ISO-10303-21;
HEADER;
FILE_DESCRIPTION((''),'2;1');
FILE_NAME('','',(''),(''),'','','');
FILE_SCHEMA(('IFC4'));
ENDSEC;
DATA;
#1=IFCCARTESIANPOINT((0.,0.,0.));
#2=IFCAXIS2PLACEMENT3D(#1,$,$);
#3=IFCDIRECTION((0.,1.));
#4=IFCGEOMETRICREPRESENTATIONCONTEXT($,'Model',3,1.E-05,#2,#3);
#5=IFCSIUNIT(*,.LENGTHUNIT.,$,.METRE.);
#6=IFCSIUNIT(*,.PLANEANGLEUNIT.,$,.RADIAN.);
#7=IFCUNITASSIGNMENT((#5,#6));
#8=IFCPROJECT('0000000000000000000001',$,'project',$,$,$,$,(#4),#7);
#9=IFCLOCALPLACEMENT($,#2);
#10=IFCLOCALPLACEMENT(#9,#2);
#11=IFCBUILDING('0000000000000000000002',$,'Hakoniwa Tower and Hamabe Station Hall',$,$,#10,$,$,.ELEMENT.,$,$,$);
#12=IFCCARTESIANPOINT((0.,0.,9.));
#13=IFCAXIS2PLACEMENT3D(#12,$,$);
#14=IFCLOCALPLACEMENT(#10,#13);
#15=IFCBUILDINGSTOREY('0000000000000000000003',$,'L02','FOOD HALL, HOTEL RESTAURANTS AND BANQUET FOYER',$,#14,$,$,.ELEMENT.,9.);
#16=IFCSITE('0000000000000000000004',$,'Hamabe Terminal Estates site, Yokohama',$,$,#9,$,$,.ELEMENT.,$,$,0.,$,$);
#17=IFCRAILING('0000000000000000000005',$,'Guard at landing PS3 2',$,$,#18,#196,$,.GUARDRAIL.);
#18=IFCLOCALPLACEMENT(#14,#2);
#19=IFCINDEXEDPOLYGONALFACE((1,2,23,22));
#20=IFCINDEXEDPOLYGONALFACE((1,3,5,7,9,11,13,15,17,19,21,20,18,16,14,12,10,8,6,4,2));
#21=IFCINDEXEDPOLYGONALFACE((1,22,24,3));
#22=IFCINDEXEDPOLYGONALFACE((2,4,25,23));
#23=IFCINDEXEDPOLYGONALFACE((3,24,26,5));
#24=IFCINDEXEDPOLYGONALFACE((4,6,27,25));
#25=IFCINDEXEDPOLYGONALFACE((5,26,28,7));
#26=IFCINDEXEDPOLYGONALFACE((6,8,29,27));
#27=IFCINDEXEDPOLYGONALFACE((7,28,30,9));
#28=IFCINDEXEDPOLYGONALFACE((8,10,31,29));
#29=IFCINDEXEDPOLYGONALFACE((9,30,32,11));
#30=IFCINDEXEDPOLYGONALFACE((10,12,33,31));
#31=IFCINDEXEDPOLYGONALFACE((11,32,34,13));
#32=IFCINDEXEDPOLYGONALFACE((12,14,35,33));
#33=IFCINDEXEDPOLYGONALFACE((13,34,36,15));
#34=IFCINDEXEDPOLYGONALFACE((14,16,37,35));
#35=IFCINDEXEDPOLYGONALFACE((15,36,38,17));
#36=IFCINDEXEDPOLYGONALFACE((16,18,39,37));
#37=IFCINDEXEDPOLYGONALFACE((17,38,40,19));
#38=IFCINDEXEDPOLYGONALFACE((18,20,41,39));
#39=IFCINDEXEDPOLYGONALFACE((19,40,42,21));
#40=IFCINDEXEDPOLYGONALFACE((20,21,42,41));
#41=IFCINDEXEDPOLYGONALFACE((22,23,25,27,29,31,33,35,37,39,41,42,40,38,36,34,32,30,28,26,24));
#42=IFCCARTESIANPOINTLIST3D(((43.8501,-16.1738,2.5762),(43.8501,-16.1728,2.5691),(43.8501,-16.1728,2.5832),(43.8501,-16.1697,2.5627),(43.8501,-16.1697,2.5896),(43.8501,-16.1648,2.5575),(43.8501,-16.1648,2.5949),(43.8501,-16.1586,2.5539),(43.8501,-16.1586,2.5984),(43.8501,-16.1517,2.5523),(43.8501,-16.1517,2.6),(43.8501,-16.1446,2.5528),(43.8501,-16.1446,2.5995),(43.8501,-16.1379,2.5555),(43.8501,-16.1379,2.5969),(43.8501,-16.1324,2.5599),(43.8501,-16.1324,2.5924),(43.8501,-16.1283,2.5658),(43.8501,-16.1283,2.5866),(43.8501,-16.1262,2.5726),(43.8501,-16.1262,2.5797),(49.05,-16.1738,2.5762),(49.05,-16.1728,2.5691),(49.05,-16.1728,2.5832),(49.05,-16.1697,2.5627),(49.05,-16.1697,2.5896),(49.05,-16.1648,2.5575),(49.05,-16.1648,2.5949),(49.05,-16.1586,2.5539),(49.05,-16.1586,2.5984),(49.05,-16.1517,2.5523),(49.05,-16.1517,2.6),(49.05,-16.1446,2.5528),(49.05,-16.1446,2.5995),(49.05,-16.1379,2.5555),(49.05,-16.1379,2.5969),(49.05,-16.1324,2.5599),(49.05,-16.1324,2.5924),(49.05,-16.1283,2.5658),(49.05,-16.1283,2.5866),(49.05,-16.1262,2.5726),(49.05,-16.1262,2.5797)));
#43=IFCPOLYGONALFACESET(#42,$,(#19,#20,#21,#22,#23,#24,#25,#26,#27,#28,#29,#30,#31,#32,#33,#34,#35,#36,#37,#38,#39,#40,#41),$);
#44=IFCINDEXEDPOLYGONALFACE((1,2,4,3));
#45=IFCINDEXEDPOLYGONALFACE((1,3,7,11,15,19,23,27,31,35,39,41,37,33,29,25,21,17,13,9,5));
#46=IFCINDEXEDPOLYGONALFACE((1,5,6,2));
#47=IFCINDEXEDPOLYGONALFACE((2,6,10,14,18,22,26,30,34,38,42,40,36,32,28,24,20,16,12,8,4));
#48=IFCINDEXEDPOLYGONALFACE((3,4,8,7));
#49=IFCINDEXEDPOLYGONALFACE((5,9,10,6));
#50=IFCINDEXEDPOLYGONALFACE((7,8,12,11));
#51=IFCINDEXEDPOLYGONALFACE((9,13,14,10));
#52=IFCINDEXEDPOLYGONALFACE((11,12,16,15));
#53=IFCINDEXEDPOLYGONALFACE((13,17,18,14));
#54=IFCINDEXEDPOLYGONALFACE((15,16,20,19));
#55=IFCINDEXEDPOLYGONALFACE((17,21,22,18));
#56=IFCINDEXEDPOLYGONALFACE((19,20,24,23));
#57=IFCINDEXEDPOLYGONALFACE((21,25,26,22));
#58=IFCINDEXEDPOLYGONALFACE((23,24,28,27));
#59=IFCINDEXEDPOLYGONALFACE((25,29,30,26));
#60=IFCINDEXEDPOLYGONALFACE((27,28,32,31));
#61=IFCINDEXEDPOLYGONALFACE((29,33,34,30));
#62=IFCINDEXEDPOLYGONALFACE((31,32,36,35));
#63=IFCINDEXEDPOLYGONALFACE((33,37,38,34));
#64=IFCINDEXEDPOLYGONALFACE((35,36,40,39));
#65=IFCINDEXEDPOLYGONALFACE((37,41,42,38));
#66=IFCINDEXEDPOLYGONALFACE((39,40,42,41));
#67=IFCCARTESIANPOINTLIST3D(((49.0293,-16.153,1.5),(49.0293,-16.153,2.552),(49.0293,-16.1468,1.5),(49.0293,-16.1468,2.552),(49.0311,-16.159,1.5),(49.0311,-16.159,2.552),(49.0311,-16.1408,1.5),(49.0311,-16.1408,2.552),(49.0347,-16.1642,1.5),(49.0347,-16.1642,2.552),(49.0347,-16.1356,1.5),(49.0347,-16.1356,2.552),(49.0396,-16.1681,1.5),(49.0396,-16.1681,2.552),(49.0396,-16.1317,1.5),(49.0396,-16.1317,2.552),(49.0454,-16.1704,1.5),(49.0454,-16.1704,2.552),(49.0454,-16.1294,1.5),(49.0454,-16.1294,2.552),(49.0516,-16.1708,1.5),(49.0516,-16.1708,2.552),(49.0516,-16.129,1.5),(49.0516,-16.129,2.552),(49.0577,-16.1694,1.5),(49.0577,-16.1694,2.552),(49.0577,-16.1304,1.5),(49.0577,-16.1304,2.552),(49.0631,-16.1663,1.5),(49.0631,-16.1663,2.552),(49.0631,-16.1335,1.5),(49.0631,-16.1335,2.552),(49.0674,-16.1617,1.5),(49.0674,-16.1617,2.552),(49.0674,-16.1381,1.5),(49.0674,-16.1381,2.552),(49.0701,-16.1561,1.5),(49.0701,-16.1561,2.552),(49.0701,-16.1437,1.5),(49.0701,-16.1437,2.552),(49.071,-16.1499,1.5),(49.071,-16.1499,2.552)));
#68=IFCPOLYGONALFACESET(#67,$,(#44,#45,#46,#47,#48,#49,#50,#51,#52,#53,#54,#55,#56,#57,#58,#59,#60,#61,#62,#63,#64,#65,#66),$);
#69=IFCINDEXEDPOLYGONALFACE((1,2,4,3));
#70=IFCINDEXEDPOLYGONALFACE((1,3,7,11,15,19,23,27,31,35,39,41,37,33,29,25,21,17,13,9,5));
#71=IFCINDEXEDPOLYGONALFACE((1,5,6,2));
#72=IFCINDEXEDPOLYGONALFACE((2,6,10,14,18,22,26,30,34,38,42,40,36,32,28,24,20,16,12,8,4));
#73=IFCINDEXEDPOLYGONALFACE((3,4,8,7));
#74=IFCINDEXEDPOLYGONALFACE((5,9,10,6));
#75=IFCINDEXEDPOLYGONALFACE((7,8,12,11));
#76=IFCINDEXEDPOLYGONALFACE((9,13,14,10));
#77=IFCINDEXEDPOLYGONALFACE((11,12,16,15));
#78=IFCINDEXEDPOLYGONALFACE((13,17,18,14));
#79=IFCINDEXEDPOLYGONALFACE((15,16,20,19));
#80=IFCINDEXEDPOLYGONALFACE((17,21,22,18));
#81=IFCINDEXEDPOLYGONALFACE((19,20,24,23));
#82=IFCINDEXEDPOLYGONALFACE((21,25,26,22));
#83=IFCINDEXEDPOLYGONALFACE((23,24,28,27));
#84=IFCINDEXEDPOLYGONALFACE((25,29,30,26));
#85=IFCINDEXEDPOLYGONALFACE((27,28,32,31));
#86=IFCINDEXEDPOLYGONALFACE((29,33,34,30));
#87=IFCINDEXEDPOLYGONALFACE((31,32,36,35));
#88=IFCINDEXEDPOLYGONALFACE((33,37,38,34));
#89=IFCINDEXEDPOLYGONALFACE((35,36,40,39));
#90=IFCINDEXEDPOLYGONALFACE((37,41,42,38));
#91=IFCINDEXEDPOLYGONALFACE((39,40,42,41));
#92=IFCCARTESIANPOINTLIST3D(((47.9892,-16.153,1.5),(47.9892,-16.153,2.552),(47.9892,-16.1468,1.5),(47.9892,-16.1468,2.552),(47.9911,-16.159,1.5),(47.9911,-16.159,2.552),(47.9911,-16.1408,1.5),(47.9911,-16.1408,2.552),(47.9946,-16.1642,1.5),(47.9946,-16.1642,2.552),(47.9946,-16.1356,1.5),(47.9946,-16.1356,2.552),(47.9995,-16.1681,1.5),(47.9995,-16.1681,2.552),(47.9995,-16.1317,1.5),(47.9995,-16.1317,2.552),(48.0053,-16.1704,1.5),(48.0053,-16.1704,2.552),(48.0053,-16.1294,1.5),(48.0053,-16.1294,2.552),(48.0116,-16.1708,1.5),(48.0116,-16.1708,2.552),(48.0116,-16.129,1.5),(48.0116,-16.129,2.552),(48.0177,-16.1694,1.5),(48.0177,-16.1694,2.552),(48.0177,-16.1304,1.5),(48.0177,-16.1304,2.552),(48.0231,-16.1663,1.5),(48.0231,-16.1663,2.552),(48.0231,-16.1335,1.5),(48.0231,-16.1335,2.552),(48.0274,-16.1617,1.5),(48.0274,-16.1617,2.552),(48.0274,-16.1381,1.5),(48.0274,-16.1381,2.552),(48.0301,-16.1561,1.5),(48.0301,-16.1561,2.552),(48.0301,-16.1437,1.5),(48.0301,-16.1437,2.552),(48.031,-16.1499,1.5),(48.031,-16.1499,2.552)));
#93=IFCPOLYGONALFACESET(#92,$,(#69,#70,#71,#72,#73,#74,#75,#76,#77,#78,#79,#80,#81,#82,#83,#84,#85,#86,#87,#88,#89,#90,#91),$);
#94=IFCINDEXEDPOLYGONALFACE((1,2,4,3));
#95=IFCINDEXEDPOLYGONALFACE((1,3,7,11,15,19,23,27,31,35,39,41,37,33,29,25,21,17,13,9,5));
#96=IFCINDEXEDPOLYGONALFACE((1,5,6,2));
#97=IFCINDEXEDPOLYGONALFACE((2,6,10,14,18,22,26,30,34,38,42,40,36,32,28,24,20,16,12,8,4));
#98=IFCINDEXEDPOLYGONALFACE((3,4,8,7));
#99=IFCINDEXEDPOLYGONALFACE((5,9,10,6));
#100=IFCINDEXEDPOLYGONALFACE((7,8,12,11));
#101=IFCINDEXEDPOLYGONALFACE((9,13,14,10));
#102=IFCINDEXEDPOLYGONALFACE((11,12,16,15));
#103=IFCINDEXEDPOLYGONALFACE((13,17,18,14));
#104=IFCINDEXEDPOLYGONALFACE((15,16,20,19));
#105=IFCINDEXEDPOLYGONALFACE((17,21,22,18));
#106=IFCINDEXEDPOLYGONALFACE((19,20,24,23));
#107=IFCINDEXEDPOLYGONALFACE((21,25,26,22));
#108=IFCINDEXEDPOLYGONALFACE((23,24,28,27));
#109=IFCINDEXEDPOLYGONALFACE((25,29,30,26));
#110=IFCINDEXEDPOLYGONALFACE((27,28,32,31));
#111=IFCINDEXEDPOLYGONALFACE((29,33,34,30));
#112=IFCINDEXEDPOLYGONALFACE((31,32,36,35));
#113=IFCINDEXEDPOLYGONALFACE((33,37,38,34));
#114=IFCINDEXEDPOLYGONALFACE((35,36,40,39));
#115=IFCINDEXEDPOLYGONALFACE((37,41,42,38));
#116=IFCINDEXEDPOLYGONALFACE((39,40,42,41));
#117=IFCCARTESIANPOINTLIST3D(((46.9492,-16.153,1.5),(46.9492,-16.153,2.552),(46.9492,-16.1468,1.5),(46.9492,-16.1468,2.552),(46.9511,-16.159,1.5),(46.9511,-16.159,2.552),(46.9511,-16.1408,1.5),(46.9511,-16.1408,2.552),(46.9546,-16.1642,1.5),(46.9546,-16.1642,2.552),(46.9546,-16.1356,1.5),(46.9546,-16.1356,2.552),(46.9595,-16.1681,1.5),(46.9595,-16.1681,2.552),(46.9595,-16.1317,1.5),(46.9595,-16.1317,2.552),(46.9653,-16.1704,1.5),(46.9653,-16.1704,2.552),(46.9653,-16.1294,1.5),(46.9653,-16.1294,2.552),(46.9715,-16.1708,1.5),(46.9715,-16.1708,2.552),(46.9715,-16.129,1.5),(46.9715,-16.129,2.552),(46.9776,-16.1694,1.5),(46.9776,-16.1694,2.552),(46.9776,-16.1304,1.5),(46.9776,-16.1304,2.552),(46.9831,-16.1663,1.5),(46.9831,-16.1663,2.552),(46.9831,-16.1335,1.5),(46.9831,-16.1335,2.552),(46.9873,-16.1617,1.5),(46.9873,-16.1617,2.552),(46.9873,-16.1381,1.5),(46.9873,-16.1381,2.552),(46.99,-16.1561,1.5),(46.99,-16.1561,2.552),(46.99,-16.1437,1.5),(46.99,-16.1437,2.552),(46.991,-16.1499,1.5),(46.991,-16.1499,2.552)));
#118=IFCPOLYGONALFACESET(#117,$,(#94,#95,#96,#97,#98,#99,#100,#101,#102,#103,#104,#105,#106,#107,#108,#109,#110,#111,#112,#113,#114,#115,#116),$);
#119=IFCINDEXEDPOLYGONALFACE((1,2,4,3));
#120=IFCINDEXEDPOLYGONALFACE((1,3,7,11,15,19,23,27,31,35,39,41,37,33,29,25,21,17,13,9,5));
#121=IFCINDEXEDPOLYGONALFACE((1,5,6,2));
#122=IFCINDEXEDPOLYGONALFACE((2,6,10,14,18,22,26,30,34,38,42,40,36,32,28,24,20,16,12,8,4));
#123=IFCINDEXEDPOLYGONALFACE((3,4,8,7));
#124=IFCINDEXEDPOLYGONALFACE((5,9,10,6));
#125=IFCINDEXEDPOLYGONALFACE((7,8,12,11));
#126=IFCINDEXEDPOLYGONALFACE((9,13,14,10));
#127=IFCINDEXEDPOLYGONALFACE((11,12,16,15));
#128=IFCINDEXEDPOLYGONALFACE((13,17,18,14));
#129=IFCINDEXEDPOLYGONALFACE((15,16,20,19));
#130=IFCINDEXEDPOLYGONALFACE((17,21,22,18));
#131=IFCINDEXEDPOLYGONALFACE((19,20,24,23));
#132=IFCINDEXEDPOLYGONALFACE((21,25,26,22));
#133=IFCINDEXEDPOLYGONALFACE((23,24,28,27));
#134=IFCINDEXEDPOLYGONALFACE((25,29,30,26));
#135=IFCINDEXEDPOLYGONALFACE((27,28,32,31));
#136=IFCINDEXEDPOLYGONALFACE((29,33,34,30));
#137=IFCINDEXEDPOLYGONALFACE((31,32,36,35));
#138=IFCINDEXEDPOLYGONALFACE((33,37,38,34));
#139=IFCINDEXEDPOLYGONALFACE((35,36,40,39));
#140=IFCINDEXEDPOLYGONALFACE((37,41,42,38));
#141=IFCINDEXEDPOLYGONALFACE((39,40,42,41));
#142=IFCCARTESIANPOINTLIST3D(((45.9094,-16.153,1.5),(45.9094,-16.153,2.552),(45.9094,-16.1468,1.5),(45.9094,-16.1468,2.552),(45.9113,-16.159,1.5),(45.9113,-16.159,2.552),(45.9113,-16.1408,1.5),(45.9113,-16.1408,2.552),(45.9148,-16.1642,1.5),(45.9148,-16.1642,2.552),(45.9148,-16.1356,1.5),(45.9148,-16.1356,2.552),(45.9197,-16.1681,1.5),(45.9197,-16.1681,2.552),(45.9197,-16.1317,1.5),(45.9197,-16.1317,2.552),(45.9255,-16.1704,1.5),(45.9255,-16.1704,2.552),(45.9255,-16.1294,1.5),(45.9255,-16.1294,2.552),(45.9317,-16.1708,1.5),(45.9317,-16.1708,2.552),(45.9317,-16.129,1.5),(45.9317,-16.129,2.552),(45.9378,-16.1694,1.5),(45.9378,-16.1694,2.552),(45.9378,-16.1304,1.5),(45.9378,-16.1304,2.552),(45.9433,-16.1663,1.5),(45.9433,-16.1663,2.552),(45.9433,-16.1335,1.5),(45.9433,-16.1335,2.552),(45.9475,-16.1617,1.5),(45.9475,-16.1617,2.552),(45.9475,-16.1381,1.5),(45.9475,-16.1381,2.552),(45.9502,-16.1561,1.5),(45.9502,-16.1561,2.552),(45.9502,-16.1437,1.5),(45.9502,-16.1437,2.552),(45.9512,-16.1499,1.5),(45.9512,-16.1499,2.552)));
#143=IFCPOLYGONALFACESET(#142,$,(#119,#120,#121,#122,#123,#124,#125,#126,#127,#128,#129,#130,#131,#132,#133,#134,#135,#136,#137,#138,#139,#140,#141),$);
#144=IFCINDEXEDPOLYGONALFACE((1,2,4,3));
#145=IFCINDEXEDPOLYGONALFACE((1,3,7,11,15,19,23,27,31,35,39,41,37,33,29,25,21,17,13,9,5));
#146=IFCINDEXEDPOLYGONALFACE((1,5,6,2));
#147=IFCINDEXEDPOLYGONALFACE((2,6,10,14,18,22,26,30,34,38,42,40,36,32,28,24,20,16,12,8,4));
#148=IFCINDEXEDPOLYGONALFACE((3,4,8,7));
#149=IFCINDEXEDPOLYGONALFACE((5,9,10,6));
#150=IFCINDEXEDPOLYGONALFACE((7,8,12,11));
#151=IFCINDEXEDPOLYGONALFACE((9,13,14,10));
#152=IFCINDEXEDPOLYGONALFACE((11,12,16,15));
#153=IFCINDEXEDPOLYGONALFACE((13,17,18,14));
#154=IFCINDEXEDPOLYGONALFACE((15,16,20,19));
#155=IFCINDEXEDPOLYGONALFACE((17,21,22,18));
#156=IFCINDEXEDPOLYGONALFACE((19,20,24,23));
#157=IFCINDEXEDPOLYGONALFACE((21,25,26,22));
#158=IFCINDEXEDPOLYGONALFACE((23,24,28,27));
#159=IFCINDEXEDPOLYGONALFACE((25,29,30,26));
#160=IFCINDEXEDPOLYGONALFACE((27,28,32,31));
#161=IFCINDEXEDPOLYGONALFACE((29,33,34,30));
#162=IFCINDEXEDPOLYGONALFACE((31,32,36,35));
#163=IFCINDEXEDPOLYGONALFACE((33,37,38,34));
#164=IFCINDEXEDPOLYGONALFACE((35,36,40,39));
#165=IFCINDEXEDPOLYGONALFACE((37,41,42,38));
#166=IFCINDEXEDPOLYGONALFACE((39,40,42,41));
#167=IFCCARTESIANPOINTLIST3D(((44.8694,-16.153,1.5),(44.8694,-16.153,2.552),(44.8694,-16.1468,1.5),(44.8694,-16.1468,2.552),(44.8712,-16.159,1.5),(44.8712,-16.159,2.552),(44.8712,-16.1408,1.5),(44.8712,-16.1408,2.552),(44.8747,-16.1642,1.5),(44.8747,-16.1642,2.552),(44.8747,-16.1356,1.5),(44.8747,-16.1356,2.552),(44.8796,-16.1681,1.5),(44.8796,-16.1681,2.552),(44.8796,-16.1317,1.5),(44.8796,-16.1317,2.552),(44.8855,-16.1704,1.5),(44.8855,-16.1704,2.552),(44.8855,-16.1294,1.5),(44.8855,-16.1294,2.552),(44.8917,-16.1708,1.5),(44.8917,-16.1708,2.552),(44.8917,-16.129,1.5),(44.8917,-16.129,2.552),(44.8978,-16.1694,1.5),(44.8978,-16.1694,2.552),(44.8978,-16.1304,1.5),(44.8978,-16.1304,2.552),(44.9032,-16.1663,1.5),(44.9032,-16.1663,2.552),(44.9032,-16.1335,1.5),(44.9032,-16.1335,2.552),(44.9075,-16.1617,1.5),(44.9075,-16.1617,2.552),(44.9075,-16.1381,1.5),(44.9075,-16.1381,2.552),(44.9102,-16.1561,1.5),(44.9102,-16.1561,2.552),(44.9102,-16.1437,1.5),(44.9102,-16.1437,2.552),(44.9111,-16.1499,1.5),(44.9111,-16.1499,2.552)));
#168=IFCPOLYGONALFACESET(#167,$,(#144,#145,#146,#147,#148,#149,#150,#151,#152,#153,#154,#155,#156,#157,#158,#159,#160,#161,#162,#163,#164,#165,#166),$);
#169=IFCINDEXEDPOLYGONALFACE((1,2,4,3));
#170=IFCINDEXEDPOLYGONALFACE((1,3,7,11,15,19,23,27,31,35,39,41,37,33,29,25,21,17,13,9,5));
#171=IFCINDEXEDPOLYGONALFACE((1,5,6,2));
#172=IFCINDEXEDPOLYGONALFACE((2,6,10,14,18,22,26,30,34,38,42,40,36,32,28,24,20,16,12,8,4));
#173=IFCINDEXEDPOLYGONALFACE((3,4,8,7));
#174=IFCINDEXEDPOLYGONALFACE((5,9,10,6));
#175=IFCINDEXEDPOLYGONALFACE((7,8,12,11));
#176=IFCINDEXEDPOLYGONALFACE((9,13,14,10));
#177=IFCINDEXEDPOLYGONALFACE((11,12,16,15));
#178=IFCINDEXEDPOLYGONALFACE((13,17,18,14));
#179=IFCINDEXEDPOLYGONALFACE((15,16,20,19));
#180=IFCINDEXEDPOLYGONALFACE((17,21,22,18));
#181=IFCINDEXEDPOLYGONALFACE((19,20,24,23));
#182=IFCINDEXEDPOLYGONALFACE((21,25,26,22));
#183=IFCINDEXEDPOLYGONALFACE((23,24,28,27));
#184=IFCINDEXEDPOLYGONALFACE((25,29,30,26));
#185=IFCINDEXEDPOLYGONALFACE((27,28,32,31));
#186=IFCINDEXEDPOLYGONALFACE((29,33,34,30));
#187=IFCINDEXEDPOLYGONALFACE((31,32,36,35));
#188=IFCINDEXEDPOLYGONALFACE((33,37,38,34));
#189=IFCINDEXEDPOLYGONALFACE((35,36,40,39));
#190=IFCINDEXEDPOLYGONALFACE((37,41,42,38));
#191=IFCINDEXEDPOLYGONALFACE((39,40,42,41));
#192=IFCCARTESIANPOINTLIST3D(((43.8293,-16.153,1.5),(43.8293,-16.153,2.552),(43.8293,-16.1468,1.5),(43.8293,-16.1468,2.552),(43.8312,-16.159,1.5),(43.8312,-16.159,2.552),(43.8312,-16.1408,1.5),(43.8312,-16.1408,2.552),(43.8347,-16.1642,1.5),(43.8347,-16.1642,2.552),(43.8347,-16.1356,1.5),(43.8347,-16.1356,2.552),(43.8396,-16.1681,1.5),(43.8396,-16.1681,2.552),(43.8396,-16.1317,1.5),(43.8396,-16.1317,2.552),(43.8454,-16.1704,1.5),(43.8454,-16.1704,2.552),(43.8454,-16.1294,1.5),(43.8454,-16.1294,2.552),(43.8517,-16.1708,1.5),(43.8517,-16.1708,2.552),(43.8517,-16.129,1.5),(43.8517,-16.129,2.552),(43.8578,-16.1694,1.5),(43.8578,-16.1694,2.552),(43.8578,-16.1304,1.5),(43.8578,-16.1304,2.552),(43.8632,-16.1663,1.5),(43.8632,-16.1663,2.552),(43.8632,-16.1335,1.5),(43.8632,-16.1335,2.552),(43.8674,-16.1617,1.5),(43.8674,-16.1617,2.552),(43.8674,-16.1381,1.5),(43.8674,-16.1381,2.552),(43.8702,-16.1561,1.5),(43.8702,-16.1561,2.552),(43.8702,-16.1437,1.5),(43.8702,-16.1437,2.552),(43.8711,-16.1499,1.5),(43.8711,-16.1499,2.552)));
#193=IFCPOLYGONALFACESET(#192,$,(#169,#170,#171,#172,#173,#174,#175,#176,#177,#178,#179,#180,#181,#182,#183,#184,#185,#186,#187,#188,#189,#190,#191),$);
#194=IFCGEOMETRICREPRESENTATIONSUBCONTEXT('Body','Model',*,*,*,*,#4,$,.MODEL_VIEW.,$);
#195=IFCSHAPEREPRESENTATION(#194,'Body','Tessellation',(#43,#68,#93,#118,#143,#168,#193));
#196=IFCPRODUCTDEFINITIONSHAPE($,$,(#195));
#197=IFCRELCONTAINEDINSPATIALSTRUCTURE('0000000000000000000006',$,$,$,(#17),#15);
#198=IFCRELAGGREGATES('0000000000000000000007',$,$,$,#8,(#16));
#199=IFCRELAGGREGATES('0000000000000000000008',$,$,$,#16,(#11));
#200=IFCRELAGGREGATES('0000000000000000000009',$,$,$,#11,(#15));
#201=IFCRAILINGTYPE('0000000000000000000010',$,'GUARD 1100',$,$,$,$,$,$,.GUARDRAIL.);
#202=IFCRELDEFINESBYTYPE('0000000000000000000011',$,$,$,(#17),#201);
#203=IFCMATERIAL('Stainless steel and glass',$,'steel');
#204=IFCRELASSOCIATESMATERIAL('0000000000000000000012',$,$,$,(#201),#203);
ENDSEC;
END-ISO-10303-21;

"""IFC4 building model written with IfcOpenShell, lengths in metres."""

from ifc_helpers import new_model, si_unit, direction, frame, origin, origin_2d, place, context, subcontext, project, spatial, circle, extrude, material, type_object, element, save


model = new_model("IFC4")

# Units and contexts
model_context = context("Model", 3, precision=1e-05, world=origin(), true_north=direction((0.0, 1.0)))
body_context = subcontext(model_context, "Body", "Model", "MODEL_VIEW")
ifc_project = project(units=[si_unit("LENGTHUNIT", "METRE"), si_unit("PLANEANGLEUNIT", "RADIAN")], contexts=[model_context])

# Site, building, storey
site_placement = place(None, origin())
site = spatial("IfcSite", under=ifc_project, at=site_placement, Name="Hamabe Terminal Estates site, Yokohama", CompositionType="ELEMENT", RefElevation=0.0)
building_placement = place(site_placement, origin())
building = spatial("IfcBuilding", under=site, at=building_placement, Name="Hakoniwa Tower and Hamabe Station Hall", CompositionType="ELEMENT")
storey_placement = place(building_placement, frame((0.0, 0.0, 9.0)))
storey = spatial("IfcBuildingStorey", under=building, at=storey_placement, Name="L02", Description="FOOD HALL, HOTEL RESTAURANTS AND BANQUET FOYER", CompositionType="ELEMENT", Elevation=9.0)

# Railing
ifc_material_1 = material(Name="Stainless steel and glass", Category="steel")
railing_type_1 = type_object("IfcRailingType", Name="GUARD 1100", PredefinedType="GUARDRAIL", material=ifc_material_1)
railing_1_placement = place(storey_placement, frame((49.05, -16.1499, 1.5)))
element("IfcRailing", 1, at=railing_1_placement, inside=storey, type_object=railing_type_1, Name="Guard at landing PS3 2", PredefinedType="GUARDRAIL", context=body_context, shape_type="SweptSolid", body=[
    extrude(circle(Radius=0.0239, at=origin_2d()), frame((0.0, 0.0, 1.0762), z_axis=(-1.0, 0.0, 0.0), x_axis=(0.0, -1.0, 0.0)), (0.0, 0.0, 1.0), 5.2),
    extrude(circle(Radius=0.021, at=origin_2d()), origin(), (0.0, 0.0, 1.0), 1.052),
    extrude(circle(Radius=0.021, at=origin_2d()), frame((-1.04, 0.0, 0.0)), (0.0, 0.0, 1.0), 1.052),
    extrude(circle(Radius=0.021, at=origin_2d()), frame((-2.0801, 0.0, 0.0)), (0.0, 0.0, 1.0), 1.052),
    extrude(circle(Radius=0.021, at=origin_2d()), frame((-3.1199, 0.0, 0.0)), (0.0, 0.0, 1.0), 1.052),
    extrude(circle(Radius=0.021, at=origin_2d()), frame((-4.1599, 0.0, 0.0)), (0.0, 0.0, 1.0), 1.052),
    extrude(circle(Radius=0.021, at=origin_2d()), frame((-5.2, 0.0, 0.0)), (0.0, 0.0, 1.0), 1.052),
])

save(model, "model.ifc")
